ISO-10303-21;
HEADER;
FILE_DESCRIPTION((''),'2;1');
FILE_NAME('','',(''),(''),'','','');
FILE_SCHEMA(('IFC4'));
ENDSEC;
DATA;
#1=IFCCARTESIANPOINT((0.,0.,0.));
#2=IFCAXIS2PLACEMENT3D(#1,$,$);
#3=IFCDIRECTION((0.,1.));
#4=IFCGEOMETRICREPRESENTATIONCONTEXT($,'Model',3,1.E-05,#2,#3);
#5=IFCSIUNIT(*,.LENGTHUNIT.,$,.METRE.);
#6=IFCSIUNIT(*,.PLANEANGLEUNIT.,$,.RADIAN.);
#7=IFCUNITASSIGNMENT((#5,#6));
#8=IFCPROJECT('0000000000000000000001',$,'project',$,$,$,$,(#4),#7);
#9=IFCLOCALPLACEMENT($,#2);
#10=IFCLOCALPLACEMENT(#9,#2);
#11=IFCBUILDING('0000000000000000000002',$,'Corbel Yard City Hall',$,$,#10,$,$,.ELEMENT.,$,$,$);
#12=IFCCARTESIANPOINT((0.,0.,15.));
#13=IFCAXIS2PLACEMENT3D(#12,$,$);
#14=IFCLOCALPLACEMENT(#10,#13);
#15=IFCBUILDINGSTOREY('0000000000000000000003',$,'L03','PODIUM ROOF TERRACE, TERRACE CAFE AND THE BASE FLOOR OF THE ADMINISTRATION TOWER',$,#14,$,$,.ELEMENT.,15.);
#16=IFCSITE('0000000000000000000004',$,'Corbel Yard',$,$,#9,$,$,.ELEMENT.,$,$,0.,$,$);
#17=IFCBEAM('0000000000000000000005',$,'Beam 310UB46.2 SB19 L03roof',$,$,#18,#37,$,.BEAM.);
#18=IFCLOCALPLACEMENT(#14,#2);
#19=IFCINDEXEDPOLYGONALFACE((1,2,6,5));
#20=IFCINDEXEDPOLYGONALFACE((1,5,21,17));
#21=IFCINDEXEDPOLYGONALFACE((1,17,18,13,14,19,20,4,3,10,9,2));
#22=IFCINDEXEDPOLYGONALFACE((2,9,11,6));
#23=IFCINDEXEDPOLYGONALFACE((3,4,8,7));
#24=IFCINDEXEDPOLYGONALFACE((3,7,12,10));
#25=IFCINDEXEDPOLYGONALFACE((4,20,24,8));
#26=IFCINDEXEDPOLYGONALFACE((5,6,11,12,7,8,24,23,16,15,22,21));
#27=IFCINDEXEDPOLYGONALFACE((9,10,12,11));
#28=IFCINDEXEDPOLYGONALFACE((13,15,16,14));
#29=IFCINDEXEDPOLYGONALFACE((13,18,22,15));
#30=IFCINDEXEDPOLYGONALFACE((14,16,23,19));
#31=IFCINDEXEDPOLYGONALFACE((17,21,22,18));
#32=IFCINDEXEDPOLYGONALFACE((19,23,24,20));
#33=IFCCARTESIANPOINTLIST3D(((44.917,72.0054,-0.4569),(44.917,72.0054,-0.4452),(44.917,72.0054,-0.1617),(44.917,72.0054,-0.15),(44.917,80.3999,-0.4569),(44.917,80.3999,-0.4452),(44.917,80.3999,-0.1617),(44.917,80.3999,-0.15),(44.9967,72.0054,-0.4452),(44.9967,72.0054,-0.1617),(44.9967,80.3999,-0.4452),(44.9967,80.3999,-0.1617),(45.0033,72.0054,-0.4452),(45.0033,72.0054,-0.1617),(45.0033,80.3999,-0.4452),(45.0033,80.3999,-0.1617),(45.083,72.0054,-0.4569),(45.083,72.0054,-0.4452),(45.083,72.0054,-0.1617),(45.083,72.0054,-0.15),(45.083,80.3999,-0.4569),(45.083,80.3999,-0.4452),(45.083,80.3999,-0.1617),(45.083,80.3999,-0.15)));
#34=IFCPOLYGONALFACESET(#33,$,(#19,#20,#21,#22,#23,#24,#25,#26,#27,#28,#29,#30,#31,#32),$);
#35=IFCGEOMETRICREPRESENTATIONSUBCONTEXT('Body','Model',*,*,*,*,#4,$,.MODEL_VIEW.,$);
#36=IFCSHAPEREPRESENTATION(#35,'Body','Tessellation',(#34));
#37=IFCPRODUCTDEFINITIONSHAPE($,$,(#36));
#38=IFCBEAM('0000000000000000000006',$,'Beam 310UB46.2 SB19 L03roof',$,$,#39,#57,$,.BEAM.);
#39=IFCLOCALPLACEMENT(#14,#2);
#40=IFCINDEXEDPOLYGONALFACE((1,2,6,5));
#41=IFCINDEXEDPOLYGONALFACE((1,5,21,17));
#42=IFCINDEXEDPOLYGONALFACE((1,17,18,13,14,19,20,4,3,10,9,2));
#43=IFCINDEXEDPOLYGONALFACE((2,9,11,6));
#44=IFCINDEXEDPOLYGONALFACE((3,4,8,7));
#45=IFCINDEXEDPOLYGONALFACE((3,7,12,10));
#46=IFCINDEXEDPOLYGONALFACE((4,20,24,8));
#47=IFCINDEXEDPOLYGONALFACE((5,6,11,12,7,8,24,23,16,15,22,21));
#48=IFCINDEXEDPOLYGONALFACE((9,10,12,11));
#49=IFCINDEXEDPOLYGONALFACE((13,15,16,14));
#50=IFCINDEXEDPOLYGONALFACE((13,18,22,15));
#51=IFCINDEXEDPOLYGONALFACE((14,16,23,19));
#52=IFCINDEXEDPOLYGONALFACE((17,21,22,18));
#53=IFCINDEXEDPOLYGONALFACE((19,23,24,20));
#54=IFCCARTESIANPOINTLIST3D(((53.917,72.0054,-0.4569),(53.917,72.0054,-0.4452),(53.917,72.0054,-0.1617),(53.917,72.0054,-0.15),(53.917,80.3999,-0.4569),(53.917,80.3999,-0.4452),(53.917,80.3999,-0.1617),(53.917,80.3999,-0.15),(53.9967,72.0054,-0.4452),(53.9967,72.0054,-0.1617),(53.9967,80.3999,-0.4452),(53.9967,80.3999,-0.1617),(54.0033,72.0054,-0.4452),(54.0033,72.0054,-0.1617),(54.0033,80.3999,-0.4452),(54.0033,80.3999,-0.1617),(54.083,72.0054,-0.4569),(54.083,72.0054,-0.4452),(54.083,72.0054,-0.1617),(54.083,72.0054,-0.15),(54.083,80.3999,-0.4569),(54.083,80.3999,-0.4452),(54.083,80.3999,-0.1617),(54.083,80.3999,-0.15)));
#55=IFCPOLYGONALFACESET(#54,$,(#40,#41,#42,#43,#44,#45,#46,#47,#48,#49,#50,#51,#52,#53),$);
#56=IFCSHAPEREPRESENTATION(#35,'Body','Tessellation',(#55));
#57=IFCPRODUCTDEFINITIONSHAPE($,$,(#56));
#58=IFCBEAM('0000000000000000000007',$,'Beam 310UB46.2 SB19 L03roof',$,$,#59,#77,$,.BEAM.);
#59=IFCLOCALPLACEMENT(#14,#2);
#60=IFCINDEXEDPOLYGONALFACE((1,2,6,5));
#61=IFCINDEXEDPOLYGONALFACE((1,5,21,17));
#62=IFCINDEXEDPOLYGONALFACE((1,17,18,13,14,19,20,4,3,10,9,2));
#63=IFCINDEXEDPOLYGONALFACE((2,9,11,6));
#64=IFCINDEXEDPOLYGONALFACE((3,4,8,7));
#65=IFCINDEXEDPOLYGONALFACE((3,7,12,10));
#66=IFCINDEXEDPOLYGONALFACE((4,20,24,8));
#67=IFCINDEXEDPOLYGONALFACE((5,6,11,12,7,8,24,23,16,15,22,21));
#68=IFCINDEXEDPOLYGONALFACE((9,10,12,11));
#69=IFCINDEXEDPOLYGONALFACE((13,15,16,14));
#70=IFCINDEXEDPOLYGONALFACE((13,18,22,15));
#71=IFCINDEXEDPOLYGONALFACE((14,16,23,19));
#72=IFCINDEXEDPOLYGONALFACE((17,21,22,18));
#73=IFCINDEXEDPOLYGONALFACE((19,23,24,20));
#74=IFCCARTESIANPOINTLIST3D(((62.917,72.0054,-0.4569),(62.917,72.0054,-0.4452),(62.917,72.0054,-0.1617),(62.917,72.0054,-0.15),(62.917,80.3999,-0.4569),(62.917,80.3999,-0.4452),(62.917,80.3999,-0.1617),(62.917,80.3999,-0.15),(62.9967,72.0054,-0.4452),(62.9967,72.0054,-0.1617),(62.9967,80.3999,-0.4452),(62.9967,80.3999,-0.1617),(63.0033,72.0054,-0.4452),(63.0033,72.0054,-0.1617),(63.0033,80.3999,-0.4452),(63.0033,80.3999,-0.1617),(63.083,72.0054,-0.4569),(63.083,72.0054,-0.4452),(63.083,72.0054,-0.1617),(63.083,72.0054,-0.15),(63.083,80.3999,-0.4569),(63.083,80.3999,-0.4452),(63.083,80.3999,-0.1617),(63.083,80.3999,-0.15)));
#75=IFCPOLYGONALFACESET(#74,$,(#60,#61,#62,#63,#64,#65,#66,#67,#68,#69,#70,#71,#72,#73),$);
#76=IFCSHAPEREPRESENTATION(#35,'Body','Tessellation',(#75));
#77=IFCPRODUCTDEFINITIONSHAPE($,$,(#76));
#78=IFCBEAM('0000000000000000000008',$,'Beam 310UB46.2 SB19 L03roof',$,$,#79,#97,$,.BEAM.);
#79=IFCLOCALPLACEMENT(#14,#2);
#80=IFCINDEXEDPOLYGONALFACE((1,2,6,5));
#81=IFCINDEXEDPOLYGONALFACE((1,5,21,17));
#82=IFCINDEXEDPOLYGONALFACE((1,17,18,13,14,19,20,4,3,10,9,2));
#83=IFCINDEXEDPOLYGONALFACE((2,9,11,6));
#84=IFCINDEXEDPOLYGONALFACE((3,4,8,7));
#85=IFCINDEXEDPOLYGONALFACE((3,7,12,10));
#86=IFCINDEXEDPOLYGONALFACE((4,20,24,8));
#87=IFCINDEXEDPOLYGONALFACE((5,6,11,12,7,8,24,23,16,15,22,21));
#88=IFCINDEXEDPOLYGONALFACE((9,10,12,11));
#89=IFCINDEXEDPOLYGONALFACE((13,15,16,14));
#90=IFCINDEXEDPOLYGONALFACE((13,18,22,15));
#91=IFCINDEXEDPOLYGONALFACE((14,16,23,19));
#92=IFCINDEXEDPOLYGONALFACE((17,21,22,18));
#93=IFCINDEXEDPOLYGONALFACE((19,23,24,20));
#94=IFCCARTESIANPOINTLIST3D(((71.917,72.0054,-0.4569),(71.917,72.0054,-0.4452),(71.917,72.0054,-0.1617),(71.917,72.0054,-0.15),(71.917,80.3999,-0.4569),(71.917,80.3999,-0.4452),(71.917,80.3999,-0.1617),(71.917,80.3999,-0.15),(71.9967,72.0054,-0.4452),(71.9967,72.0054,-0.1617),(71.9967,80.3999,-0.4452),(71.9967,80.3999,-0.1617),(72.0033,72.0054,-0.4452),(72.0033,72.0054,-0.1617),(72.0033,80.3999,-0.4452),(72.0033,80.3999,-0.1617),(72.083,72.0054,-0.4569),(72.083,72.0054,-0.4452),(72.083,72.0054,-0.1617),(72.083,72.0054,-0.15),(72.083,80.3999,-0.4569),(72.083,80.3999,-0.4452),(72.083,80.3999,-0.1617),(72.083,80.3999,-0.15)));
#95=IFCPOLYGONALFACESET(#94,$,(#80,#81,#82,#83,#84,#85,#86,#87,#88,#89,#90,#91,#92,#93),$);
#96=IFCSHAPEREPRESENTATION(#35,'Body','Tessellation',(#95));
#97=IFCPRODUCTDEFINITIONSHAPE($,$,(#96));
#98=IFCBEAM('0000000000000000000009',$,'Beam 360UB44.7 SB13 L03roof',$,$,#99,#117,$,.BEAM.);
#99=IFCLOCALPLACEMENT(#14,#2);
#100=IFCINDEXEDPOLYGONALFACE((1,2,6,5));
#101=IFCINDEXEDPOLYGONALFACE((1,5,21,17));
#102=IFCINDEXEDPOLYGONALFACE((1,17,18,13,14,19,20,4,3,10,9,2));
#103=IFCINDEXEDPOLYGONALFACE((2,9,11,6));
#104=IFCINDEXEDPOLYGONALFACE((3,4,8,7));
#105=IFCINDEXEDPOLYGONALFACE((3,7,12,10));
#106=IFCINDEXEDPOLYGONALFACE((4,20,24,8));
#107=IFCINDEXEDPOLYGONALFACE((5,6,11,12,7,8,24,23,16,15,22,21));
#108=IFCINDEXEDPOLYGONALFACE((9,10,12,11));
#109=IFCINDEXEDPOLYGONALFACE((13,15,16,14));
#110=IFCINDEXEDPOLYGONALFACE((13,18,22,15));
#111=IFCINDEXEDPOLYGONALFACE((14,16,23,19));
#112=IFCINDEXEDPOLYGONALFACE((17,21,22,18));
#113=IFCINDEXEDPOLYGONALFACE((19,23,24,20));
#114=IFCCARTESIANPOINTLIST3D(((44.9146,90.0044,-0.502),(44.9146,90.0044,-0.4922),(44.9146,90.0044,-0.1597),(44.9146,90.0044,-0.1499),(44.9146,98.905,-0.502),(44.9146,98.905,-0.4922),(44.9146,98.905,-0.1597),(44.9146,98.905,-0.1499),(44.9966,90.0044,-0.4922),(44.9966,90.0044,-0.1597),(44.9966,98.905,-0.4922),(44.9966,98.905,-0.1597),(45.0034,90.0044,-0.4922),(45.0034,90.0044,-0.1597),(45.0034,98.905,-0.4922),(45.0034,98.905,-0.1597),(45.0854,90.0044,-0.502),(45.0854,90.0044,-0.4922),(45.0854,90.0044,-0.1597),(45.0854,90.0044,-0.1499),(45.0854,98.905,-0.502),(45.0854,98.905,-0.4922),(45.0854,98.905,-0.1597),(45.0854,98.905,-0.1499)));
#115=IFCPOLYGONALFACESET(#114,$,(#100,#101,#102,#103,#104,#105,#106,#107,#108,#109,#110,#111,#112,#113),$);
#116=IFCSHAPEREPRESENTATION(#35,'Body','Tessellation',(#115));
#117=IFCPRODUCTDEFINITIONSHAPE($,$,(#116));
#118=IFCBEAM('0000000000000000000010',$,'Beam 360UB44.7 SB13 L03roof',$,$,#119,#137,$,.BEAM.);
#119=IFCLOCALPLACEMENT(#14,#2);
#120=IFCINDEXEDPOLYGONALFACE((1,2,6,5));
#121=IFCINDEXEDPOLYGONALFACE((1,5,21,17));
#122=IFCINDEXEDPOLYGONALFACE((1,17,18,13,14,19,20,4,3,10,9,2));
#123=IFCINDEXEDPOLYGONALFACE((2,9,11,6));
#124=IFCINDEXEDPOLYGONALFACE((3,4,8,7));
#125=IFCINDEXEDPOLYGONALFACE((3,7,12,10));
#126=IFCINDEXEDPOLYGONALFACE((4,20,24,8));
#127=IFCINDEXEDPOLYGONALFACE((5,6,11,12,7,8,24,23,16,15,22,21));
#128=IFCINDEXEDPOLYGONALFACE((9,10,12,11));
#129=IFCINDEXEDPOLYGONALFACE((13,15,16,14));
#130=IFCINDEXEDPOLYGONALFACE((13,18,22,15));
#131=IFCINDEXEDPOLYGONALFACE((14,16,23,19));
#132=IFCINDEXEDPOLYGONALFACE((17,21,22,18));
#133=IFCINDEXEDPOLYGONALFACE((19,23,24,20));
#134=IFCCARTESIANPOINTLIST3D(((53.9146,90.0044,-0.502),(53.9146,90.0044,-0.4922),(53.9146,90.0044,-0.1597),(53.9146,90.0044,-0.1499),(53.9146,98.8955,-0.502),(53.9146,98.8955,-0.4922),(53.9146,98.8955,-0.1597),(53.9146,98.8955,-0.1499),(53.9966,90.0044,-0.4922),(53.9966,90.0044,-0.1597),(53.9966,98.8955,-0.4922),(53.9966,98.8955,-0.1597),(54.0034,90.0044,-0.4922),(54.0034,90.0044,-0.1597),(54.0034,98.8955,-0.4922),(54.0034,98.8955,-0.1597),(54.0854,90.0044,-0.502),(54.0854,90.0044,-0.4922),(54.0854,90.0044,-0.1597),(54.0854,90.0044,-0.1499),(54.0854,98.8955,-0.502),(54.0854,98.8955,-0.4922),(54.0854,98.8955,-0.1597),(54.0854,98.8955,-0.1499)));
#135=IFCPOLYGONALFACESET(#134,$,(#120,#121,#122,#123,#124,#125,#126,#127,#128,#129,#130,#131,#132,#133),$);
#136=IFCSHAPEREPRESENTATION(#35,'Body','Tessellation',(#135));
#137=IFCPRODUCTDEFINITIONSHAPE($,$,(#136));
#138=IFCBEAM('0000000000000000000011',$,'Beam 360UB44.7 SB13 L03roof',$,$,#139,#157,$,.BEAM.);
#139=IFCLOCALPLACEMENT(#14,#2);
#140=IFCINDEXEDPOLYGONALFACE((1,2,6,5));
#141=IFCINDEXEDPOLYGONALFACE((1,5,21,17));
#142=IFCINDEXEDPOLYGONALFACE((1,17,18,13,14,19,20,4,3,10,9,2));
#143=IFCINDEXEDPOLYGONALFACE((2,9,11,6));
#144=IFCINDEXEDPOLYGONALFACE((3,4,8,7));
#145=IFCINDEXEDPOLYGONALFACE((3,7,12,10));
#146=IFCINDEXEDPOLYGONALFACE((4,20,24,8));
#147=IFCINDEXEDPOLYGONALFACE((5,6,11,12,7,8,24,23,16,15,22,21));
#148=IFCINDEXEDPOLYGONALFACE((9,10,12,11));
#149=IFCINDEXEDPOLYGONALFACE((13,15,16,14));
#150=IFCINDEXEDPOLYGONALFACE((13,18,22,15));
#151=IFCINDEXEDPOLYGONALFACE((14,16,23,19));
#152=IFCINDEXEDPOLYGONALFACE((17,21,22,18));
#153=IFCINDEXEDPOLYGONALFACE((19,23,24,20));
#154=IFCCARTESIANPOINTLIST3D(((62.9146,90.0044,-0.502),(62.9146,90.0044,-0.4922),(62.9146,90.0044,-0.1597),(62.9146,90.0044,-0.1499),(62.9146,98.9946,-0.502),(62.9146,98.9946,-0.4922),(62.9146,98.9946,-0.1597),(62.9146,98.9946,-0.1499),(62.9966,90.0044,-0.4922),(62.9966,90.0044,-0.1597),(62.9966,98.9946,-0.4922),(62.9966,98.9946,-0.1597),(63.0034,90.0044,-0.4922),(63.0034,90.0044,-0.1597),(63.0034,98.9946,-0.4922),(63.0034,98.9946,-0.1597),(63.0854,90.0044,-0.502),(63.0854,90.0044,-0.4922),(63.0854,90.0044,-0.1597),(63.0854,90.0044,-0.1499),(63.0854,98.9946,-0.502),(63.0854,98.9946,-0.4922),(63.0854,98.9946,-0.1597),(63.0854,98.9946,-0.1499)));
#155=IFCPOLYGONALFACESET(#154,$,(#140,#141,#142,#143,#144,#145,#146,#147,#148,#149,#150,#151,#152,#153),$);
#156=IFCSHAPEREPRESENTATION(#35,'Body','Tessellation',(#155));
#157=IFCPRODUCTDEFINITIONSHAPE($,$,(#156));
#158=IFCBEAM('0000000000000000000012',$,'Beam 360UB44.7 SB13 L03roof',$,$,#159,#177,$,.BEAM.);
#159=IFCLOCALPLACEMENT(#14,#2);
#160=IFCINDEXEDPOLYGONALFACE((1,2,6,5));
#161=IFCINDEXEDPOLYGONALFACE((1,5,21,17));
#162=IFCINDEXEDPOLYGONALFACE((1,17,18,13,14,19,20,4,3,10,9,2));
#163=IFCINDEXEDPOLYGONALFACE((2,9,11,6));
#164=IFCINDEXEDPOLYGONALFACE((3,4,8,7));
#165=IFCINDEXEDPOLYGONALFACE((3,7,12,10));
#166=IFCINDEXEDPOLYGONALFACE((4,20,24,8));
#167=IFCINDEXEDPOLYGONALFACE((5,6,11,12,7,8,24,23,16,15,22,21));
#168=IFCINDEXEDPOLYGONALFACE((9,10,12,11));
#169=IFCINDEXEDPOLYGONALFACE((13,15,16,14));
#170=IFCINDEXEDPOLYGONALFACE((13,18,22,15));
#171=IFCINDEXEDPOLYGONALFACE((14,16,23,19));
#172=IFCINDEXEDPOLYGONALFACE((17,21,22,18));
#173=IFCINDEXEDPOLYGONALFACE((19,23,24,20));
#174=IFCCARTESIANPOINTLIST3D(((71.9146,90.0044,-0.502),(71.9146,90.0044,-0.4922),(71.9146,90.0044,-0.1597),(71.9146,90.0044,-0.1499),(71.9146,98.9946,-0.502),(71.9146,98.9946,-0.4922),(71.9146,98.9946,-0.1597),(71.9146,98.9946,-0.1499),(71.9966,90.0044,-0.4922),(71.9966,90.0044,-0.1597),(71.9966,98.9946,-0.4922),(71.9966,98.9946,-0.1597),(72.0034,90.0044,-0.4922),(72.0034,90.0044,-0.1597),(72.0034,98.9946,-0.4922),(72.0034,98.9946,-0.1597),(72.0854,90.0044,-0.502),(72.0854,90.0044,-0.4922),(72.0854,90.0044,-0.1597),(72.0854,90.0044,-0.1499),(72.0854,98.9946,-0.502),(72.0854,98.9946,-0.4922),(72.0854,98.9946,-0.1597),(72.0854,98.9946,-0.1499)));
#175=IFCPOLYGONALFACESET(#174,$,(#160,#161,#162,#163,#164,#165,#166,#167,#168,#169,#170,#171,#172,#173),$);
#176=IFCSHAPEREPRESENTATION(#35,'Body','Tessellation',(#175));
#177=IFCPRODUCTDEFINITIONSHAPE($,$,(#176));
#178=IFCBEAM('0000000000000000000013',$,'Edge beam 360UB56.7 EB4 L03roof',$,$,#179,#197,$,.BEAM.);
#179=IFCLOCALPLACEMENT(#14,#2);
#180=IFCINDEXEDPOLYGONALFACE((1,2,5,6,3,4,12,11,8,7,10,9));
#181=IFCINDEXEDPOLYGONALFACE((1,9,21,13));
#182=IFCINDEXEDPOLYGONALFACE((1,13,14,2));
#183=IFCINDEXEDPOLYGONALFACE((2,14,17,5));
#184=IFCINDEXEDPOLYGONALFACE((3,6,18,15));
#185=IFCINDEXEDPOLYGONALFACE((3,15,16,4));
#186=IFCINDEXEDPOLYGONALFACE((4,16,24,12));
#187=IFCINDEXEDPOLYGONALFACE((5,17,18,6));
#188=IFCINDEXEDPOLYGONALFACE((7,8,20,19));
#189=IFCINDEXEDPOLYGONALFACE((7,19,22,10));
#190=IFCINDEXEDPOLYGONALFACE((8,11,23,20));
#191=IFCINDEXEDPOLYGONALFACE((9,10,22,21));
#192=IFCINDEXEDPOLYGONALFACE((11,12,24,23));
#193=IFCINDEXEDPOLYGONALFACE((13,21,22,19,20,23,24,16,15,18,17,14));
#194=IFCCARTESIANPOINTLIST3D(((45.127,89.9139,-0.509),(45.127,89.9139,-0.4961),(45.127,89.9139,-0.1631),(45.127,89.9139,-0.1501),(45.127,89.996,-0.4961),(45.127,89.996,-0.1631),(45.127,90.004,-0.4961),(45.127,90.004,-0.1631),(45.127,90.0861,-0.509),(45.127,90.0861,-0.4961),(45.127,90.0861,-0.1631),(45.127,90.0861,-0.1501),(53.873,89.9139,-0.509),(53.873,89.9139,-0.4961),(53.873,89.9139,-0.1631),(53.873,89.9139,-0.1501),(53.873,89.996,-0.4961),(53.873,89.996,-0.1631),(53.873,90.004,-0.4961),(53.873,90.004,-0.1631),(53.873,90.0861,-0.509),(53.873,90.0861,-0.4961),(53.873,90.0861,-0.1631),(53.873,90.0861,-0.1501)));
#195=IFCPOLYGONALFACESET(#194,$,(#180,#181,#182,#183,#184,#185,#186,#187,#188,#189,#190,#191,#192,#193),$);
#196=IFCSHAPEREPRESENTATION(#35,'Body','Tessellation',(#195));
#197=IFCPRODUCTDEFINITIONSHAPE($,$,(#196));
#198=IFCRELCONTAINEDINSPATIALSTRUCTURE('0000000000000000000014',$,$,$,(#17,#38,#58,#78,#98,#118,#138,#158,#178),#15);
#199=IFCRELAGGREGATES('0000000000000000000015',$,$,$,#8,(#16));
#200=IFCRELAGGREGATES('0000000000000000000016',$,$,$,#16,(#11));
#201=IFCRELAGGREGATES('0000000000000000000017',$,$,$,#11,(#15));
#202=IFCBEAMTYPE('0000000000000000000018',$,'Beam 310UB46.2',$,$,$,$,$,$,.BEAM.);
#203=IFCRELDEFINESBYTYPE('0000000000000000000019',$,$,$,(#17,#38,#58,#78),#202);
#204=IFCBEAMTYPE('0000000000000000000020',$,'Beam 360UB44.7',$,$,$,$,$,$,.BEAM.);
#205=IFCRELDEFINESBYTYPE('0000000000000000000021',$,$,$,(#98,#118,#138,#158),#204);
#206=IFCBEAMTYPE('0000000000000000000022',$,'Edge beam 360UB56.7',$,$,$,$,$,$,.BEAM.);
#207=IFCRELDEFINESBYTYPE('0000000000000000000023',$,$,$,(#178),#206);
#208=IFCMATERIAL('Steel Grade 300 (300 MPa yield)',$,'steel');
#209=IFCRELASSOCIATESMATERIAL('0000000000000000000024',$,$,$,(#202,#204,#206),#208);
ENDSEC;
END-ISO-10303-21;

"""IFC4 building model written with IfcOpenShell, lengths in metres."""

from ifc_helpers import new_model, si_unit, direction, frame, origin, origin_2d, place, context, subcontext, project, spatial, i_section, extrude, material, material_profile, profile_set, type_object, element, save


model = new_model("IFC4")

# Units and contexts
model_context = context("Model", 3, precision=1e-05, world=origin(), true_north=direction((0.0, 1.0)))
body_context = subcontext(model_context, "Body", "Model", "MODEL_VIEW")
ifc_project = project(units=[si_unit("LENGTHUNIT", "METRE"), si_unit("PLANEANGLEUNIT", "RADIAN")], contexts=[model_context])

# Site, building, storey
site_placement = place(None, origin())
site = spatial("IfcSite", under=ifc_project, at=site_placement, Name="Corbel Yard", CompositionType="ELEMENT", RefElevation=0.0)
building_placement = place(site_placement, origin())
building = spatial("IfcBuilding", under=site, at=building_placement, Name="Corbel Yard City Hall", CompositionType="ELEMENT")
storey_placement = place(building_placement, frame((0.0, 0.0, 15.0)))
storey = spatial("IfcBuildingStorey", under=building, at=storey_placement, Name="L03", Description="PODIUM ROOF TERRACE, TERRACE CAFE AND THE BASE FLOOR OF THE ADMINISTRATION TOWER", CompositionType="ELEMENT", Elevation=15.0)

# Beams
ifc_material_1 = material(Name="Steel Grade 300 (300 MPa yield)", Category="steel")
ifc_material_profile_1 = material_profile(ifc_material_1, i_section(OverallWidth=0.166, OverallDepth=0.3069, WebThickness=0.0066, FlangeThickness=0.0117, at=origin_2d()), Name="310UB46.2")
ifc_profile_set_1 = profile_set([ifc_material_profile_1], Name="Steel Grade 300 (300 MPa yield)")
beam_type_1 = type_object("IfcBeamType", Name="Beam 310UB46.2", PredefinedType="BEAM", material=ifc_profile_set_1)
for number, where, z_axis, x_axis, name in (
    (1, (45.0, 72.0054, -0.3035), (0.0, 1.0, 0.0), (-1.0, 0.0, 0.0), "Beam 310UB46.2 SB19 L03roof"),
    (2, (54.0, 72.0054, -0.3035), (0.0, 1.0, 0.0), (-1.0, 0.0, 0.0), "Beam 310UB46.2 SB19 L03roof"),
    (3, (63.0, 72.0054, -0.3035), (0.0, 1.0, 0.0), (-1.0, 0.0, 0.0), "Beam 310UB46.2 SB19 L03roof"),
    (4, (72.0, 72.0054, -0.3035), (0.0, 1.0, 0.0), (-1.0, 0.0, 0.0), "Beam 310UB46.2 SB19 L03roof"),
):
    element("IfcBeam", number, at=place(storey_placement, frame(where, z_axis=z_axis, x_axis=x_axis)), inside=storey, type_object=beam_type_1, Name=name, PredefinedType="BEAM", context=body_context, shape_type="SweptSolid", body=[
        extrude(i_section(OverallWidth=0.166, OverallDepth=0.3069, WebThickness=0.0066, FlangeThickness=0.0117, at=origin_2d()), origin(), (0.0, 0.0, 1.0), 8.3945),
    ])
ifc_material_profile_2 = material_profile(ifc_material_1, i_section(OverallWidth=0.1709, OverallDepth=0.3521, WebThickness=0.0068, FlangeThickness=0.0098, at=origin_2d()), Name="360UB44.7")
ifc_profile_set_2 = profile_set([ifc_material_profile_2], Name="Steel Grade 300 (300 MPa yield)")
beam_type_2 = type_object("IfcBeamType", Name="Beam 360UB44.7", PredefinedType="BEAM", material=ifc_profile_set_2)
beam_1_placement = place(storey_placement, frame((45.0, 90.0044, -0.3259), z_axis=(0.0, 1.0, 0.0), x_axis=(-1.0, 0.0, 0.0)))
element("IfcBeam", 5, at=beam_1_placement, inside=storey, type_object=beam_type_2, Name="Beam 360UB44.7 SB13 L03roof", PredefinedType="BEAM", context=body_context, shape_type="SweptSolid", body=[
    extrude(i_section(OverallWidth=0.1709, OverallDepth=0.3521, WebThickness=0.0068, FlangeThickness=0.0098, at=origin_2d()), origin(), (0.0, 0.0, 1.0), 8.9006),
])
beam_2_placement = place(storey_placement, frame((54.0, 90.0044, -0.3259), z_axis=(0.0, 1.0, 0.0), x_axis=(-1.0, 0.0, 0.0)))
element("IfcBeam", 6, at=beam_2_placement, inside=storey, type_object=beam_type_2, Name="Beam 360UB44.7 SB13 L03roof", PredefinedType="BEAM", context=body_context, shape_type="SweptSolid", body=[
    extrude(i_section(OverallWidth=0.1709, OverallDepth=0.3521, WebThickness=0.0068, FlangeThickness=0.0098, at=origin_2d()), origin(), (0.0, 0.0, 1.0), 8.8911),
])
for number, where, z_axis, x_axis, name in (
    (7, (63.0, 90.0044, -0.3259), (0.0, 1.0, 0.0), (-1.0, 0.0, 0.0), "Beam 360UB44.7 SB13 L03roof"),
    (8, (72.0, 90.0044, -0.3259), (0.0, 1.0, 0.0), (-1.0, 0.0, 0.0), "Beam 360UB44.7 SB13 L03roof"),
):
    element("IfcBeam", number, at=place(storey_placement, frame(where, z_axis=z_axis, x_axis=x_axis)), inside=storey, type_object=beam_type_2, Name=name, PredefinedType="BEAM", context=body_context, shape_type="SweptSolid", body=[
        extrude(i_section(OverallWidth=0.1709, OverallDepth=0.3521, WebThickness=0.0068, FlangeThickness=0.0098, at=origin_2d()), origin(), (0.0, 0.0, 1.0), 8.9902),
    ])
ifc_material_profile_3 = material_profile(ifc_material_1, i_section(OverallWidth=0.1721, OverallDepth=0.3589, WebThickness=0.0081, FlangeThickness=0.0129, at=origin_2d()), Name="360UB56.7")
ifc_profile_set_3 = profile_set([ifc_material_profile_3], Name="Steel Grade 300 (300 MPa yield)")
beam_type_3 = type_object("IfcBeamType", Name="Edge beam 360UB56.7", PredefinedType="BEAM", material=ifc_profile_set_3)
for number, where, z_axis, x_axis, name in (
    (9, (45.127, 90.0, -0.3296), (1.0, 0.0, 0.0), (0.0, 1.0, 0.0), "Edge beam 360UB56.7 EB4 L03roof"),
):
    element("IfcBeam", number, at=place(storey_placement, frame(where, z_axis=z_axis, x_axis=x_axis)), inside=storey, type_object=beam_type_3, Name=name, PredefinedType="BEAM", context=body_context, shape_type="SweptSolid", body=[
        extrude(i_section(OverallWidth=0.1721, OverallDepth=0.3589, WebThickness=0.0081, FlangeThickness=0.0129, at=origin_2d()), origin(), (0.0, 0.0, 1.0), 8.7461),
    ])

save(model, "model.ifc")
